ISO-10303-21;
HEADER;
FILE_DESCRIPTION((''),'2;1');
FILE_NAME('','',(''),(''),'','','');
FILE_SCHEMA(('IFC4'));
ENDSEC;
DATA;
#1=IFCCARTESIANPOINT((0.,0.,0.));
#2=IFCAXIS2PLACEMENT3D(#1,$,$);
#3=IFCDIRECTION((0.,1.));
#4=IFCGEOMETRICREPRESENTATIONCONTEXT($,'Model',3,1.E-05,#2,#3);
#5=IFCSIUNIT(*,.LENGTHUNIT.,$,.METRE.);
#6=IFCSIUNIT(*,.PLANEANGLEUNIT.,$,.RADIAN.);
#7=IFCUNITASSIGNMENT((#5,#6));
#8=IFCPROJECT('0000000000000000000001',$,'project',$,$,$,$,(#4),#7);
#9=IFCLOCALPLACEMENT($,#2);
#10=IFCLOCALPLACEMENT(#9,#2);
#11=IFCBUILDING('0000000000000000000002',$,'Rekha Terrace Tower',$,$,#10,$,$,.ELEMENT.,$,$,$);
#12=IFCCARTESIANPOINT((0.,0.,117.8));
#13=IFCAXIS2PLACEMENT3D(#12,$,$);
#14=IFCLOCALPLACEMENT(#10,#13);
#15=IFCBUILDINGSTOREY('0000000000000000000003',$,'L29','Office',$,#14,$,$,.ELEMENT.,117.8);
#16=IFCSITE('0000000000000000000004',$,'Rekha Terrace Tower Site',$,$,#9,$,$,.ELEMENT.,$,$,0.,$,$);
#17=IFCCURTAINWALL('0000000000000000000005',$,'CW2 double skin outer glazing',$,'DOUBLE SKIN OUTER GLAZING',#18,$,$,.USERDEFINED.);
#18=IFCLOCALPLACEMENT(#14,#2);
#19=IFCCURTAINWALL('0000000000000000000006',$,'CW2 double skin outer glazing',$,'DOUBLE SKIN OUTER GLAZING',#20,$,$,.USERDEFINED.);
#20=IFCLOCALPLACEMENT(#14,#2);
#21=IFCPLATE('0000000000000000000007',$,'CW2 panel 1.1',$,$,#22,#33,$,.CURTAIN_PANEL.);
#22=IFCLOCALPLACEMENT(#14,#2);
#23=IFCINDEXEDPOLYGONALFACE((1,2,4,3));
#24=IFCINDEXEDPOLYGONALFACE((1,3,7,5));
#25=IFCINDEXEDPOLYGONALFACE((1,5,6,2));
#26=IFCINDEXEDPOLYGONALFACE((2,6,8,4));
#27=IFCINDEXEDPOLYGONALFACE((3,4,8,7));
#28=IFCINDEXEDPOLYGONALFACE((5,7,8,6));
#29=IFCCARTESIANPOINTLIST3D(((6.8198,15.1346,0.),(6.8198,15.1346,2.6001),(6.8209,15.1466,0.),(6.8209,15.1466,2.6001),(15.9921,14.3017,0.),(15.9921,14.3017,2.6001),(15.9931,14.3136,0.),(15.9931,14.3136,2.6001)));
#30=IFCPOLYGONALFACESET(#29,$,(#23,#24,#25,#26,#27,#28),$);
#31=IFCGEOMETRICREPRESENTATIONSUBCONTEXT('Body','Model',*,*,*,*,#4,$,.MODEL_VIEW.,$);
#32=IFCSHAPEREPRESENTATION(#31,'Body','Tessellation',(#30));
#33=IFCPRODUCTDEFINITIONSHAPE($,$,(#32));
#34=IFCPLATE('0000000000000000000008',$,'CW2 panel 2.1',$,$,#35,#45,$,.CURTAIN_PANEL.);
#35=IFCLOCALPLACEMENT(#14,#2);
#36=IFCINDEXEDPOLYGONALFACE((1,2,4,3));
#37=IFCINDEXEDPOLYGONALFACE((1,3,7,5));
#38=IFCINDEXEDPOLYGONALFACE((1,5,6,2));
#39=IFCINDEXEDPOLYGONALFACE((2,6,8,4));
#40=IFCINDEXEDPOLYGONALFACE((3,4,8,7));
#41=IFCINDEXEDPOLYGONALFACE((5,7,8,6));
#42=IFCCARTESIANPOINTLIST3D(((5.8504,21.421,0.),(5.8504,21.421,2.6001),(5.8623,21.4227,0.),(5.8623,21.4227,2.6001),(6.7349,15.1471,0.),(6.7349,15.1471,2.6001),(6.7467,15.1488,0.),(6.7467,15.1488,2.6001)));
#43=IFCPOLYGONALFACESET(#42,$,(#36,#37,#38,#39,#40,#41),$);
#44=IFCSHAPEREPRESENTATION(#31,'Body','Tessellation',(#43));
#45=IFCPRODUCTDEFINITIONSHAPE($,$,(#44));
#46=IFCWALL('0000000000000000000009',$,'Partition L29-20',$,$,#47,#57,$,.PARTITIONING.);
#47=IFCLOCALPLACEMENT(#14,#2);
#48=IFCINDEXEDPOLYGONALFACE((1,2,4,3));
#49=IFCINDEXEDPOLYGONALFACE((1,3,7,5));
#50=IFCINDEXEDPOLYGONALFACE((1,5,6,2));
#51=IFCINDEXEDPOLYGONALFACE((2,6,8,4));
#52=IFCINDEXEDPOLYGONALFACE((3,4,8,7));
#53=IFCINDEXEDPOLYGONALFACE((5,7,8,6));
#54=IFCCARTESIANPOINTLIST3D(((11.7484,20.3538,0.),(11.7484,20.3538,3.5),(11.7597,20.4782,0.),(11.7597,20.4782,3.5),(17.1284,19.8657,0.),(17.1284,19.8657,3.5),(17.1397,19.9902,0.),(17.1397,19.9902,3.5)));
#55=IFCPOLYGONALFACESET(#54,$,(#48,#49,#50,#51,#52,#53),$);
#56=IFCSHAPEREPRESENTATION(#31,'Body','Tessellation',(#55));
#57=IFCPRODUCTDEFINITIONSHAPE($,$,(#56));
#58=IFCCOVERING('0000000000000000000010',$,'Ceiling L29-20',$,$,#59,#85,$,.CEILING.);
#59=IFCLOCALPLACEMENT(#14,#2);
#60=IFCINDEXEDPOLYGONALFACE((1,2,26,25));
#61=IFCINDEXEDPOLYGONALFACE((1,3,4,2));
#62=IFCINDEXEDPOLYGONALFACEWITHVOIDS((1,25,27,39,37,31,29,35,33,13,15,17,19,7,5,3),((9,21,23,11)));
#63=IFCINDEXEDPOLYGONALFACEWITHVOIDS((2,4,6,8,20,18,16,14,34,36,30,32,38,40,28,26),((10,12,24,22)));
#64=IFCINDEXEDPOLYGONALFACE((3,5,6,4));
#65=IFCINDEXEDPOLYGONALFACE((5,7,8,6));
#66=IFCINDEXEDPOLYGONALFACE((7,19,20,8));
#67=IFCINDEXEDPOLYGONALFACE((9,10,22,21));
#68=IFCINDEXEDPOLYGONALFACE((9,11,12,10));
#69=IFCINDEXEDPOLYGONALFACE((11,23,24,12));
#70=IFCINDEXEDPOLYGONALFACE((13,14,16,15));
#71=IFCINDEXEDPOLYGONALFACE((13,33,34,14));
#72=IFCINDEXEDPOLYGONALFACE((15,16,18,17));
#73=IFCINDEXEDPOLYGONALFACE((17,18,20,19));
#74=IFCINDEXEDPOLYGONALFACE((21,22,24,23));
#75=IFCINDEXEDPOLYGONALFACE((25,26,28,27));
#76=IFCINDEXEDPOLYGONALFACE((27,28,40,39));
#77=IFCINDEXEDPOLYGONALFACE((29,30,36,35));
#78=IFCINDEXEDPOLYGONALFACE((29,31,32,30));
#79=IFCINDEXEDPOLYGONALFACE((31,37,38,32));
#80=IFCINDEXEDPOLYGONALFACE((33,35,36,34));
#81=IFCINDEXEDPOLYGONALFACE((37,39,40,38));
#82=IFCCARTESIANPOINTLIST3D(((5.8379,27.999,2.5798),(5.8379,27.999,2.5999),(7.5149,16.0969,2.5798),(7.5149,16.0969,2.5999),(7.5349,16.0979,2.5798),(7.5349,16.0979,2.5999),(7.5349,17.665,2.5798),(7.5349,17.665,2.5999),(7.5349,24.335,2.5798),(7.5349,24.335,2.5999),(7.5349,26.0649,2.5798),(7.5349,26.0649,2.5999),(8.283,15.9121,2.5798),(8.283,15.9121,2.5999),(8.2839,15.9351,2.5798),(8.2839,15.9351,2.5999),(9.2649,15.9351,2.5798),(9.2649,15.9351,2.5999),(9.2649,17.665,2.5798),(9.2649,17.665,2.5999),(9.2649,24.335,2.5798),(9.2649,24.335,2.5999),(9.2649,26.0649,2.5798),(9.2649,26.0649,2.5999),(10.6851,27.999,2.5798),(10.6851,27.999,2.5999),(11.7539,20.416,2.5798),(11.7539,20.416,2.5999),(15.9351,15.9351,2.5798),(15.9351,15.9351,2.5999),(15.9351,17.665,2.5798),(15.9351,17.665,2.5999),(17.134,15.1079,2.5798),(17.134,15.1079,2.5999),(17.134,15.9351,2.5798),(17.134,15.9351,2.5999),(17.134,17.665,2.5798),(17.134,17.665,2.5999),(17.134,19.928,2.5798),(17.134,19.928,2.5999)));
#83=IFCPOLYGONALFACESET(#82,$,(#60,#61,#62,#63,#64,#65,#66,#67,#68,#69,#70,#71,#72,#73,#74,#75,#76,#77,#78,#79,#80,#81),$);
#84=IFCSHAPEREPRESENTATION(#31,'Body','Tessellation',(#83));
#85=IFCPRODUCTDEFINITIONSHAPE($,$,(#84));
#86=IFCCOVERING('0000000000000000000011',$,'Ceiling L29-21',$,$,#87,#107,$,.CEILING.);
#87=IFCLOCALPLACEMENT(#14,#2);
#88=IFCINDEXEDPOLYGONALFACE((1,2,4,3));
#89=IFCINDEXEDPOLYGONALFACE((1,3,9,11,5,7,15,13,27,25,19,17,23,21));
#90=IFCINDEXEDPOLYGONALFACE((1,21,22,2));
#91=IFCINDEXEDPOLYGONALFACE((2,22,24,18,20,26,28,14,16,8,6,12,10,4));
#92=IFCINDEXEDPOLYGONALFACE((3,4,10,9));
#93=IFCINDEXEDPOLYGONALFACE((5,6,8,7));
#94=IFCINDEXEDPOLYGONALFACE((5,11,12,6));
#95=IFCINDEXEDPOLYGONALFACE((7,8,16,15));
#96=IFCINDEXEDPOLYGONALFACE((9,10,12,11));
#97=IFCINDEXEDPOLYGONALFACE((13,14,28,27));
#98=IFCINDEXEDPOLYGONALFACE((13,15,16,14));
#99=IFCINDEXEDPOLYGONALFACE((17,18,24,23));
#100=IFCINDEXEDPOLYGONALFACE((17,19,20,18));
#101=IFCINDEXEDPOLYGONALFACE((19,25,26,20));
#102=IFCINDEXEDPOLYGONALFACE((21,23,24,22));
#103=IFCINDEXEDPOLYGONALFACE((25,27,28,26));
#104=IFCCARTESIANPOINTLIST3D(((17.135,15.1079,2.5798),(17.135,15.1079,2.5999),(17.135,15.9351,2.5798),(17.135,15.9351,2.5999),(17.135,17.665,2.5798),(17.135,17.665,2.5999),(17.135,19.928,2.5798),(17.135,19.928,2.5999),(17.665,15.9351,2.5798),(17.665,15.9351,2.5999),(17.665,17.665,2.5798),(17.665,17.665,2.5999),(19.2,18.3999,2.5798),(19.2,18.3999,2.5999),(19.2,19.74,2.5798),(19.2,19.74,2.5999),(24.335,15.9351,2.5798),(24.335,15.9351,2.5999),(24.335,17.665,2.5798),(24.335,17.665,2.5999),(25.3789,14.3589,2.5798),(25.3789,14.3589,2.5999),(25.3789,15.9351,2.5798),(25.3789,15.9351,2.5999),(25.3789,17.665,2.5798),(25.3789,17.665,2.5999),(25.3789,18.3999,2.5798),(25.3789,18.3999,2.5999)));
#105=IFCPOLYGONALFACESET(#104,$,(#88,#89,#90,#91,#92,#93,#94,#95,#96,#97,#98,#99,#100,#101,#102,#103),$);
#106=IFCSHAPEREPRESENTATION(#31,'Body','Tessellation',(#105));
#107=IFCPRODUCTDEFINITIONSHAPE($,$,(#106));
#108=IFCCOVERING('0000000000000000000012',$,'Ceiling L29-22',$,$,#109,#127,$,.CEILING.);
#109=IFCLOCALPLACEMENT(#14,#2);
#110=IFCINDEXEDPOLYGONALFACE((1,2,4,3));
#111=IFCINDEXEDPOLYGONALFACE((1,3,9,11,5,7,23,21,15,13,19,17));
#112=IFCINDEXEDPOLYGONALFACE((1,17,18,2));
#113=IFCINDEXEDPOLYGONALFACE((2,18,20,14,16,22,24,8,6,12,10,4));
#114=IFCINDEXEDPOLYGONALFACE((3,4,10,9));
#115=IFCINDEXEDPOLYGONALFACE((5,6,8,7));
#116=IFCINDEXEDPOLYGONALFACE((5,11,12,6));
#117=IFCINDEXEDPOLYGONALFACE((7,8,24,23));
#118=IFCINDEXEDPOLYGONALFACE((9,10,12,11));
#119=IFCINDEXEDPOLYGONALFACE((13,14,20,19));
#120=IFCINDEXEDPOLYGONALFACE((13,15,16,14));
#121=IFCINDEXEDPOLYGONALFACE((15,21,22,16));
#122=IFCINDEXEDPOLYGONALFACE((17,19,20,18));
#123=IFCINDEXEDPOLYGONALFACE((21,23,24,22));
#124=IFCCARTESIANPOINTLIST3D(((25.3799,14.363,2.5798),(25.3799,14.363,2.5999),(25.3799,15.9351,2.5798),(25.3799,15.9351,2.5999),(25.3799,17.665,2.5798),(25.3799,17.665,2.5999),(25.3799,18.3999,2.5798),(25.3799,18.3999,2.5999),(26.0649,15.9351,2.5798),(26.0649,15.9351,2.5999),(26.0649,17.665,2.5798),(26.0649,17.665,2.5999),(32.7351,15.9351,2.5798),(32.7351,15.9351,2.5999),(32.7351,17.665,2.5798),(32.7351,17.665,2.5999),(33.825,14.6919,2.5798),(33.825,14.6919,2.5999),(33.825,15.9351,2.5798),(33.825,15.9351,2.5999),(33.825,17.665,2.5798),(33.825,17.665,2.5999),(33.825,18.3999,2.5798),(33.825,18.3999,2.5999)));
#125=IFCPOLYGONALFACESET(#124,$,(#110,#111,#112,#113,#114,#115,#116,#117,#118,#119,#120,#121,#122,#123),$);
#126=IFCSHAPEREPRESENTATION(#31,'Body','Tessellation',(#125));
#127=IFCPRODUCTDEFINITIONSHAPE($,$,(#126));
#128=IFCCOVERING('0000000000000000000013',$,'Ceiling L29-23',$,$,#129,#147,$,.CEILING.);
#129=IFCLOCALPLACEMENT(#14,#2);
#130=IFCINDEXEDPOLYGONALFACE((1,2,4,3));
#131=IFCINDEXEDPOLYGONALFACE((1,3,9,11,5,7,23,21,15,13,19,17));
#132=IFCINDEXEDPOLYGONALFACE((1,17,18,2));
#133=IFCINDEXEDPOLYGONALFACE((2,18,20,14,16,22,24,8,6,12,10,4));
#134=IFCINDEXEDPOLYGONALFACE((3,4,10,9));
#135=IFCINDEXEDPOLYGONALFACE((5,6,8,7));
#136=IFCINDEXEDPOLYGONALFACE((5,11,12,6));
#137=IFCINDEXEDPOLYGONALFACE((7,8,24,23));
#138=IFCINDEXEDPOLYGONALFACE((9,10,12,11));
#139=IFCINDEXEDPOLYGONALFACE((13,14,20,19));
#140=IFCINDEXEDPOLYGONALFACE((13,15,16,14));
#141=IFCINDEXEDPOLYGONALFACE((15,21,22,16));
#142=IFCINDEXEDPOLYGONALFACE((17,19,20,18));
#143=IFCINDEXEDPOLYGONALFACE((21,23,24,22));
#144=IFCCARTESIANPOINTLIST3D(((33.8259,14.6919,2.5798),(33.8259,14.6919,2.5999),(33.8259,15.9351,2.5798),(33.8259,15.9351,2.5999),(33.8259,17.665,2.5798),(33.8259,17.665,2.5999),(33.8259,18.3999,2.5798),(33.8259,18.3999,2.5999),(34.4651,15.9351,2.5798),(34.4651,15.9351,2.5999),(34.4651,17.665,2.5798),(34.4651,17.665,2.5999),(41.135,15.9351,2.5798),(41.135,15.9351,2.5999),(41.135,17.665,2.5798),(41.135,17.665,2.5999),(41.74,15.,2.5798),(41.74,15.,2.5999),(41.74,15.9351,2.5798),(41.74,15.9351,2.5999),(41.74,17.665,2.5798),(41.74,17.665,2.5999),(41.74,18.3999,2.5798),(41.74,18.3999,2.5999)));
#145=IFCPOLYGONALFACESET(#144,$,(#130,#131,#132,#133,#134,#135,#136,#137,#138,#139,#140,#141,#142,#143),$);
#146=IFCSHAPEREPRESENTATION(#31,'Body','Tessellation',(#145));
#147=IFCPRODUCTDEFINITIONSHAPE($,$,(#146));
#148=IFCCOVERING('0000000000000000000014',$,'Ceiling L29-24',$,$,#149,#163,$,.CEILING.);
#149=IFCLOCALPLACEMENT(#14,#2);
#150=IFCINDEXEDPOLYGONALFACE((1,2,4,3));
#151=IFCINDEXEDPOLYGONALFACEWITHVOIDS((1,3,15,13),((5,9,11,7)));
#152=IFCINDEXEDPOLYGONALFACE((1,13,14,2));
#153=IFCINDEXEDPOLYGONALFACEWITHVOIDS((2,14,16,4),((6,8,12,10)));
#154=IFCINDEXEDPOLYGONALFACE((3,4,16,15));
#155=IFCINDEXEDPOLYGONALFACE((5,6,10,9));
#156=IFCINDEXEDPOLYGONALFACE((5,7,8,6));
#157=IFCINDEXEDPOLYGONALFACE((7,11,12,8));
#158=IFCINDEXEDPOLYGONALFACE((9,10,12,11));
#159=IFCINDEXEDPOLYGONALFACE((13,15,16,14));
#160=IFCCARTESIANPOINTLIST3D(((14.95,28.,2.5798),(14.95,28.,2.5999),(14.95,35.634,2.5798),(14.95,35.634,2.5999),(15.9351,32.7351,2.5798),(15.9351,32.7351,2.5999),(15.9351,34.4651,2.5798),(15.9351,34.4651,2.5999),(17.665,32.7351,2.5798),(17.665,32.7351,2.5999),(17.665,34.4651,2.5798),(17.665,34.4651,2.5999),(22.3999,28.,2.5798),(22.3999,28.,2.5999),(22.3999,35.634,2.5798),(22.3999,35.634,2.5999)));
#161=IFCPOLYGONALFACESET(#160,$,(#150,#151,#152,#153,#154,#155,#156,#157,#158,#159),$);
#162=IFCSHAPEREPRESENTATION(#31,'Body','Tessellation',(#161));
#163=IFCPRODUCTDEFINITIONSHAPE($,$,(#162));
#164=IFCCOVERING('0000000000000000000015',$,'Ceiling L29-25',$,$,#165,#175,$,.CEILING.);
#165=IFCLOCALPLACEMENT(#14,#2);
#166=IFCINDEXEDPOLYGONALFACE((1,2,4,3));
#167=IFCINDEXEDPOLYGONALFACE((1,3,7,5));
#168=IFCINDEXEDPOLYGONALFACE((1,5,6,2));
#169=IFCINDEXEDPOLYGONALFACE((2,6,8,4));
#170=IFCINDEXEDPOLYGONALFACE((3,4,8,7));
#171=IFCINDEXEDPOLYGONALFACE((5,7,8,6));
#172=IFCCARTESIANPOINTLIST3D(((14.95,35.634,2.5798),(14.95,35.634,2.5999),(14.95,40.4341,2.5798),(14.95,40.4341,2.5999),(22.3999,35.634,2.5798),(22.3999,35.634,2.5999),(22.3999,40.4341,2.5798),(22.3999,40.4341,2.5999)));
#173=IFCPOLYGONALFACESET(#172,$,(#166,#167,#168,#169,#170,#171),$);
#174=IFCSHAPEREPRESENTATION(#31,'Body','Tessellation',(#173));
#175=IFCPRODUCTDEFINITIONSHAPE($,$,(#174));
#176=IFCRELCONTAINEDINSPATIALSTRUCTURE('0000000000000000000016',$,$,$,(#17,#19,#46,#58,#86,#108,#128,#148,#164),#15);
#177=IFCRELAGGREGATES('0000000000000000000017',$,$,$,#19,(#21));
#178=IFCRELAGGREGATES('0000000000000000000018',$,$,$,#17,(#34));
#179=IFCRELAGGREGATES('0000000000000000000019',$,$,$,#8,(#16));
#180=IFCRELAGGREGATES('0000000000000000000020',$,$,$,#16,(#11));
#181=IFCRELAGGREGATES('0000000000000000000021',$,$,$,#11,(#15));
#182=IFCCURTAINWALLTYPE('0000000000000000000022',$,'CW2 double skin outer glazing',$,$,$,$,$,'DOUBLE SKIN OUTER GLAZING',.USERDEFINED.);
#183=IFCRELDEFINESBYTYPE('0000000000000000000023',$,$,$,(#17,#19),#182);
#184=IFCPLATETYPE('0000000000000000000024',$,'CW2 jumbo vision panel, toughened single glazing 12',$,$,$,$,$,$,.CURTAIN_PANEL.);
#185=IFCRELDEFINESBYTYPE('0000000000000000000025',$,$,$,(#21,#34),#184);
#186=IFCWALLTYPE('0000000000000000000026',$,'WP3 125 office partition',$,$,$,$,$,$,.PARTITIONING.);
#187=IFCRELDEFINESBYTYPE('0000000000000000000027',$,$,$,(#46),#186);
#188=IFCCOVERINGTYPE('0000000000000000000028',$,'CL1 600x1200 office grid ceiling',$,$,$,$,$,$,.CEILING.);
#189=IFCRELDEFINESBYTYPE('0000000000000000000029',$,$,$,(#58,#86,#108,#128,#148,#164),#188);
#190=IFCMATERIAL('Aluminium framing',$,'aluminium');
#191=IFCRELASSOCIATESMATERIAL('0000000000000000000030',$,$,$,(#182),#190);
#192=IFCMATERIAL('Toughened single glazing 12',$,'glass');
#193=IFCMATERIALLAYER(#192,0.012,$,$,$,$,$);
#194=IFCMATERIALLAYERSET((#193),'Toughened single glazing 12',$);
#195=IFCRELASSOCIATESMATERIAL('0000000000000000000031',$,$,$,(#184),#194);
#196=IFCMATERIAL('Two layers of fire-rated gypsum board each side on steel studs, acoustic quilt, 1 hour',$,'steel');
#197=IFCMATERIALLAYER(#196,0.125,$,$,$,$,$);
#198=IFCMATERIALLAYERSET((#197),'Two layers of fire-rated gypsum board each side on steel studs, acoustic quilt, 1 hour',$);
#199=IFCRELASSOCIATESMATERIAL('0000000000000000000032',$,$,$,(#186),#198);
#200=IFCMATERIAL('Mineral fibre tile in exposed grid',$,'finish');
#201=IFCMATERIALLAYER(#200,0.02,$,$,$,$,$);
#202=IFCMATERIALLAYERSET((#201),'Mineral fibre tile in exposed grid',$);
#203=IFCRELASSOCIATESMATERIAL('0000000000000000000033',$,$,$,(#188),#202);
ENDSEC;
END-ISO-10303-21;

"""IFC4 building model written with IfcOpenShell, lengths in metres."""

from ifc_helpers import new_model, si_unit, direction, frame, frame_2d, origin, origin_2d, place, context, subcontext, project, spatial, polyline, rectangle, outline, extrude, material, layer, layer_set, type_object, element, aggregate, save


model = new_model("IFC4")

# Units and contexts
model_context = context("Model", 3, precision=1e-05, world=origin(), true_north=direction((0.0, 1.0)))
body_context = subcontext(model_context, "Body", "Model", "MODEL_VIEW")
ifc_project = project(units=[si_unit("LENGTHUNIT", "METRE"), si_unit("PLANEANGLEUNIT", "RADIAN")], contexts=[model_context])

# Site, building, storey
site_placement = place(None, origin())
site = spatial("IfcSite", under=ifc_project, at=site_placement, Name="Rekha Terrace Tower Site", CompositionType="ELEMENT", RefElevation=0.0)
building_placement = place(site_placement, origin())
building = spatial("IfcBuilding", under=site, at=building_placement, Name="Rekha Terrace Tower", CompositionType="ELEMENT")
storey_placement = place(building_placement, frame((0.0, 0.0, 117.8)))
storey = spatial("IfcBuildingStorey", under=building, at=storey_placement, Name="L29", Description="Office", CompositionType="ELEMENT", Elevation=117.8)

# Curtain wall
ifc_material_1 = material(Name="Aluminium framing", Category="aluminium")
curtain_wall_type_1 = type_object("IfcCurtainWallType", Name="CW2 double skin outer glazing", ElementType="DOUBLE SKIN OUTER GLAZING", PredefinedType="USERDEFINED", material=ifc_material_1)
curtain_wall_1_placement = place(storey_placement, origin())
curtain_wall_1 = element("IfcCurtainWall", 1, at=curtain_wall_1_placement, inside=storey, type_object=curtain_wall_type_1, Name="CW2 double skin outer glazing", ObjectType="DOUBLE SKIN OUTER GLAZING", PredefinedType="USERDEFINED")

# Curtain wall
curtain_wall_2_placement = place(storey_placement, origin())
curtain_wall_2 = element("IfcCurtainWall", 2, at=curtain_wall_2_placement, inside=storey, type_object=curtain_wall_type_1, Name="CW2 double skin outer glazing", ObjectType="DOUBLE SKIN OUTER GLAZING", PredefinedType="USERDEFINED")

# Plates
ifc_material_2 = material(Name="Toughened single glazing 12", Category="glass")
ifc_layer_1 = layer(ifc_material_2, 0.012)
ifc_layer_set_1 = layer_set([ifc_layer_1], Name="Toughened single glazing 12")
plate_type_1 = type_object("IfcPlateType", Name="CW2 jumbo vision panel, toughened single glazing 12", PredefinedType="CURTAIN_PANEL", material=ifc_layer_set_1)
plate_1_placement = place(storey_placement, frame((11.4065, 14.7241, 0.0), z_axis=(0.0, 0.0, 1.0), x_axis=(0.995902, -0.09044, 0.0)))
plate_1 = element("IfcPlate", 3, at=plate_1_placement, type_object=plate_type_1, Name="CW2 panel 1.1", PredefinedType="CURTAIN_PANEL", context=body_context, shape_type="SweptSolid", body=[
    extrude(rectangle(XDim=9.21, YDim=0.012, at=origin_2d()), origin(), (0.0, 0.0, 1.0), 2.6001),
])
aggregate(curtain_wall_2, [plate_1])
plate_2_placement = place(storey_placement, frame((6.2986, 18.2849, 0.0), z_axis=(0.0, 0.0, 1.0), x_axis=(0.139597, -0.990208, 0.0)))
plate_2 = element("IfcPlate", 4, at=plate_2_placement, type_object=plate_type_1, Name="CW2 panel 2.1", PredefinedType="CURTAIN_PANEL", context=body_context, shape_type="SweptSolid", body=[
    extrude(rectangle(XDim=6.3359, YDim=0.012, at=origin_2d()), origin(), (0.0, 0.0, 1.0), 2.6001),
])
aggregate(curtain_wall_1, [plate_2])

# Wall
ifc_material_3 = material(Name="Two layers of fire-rated gypsum board each side on steel studs, acoustic quilt, 1 hour", Category="steel")
ifc_layer_2 = layer(ifc_material_3, 0.125)
ifc_layer_set_2 = layer_set([ifc_layer_2], Name="Two layers of fire-rated gypsum board each side on steel studs, acoustic quilt, 1 hour")
wall_type = type_object("IfcWallType", Name="WP3 125 office partition", PredefinedType="PARTITIONING", material=ifc_layer_set_2)
wall_placement = place(storey_placement, frame((11.7539, 20.416, 0.0), z_axis=(0.0, 0.0, 1.0), x_axis=(0.995911, -0.09034, 0.0)))
element("IfcWall", 5, at=wall_placement, inside=storey, type_object=wall_type, Name="Partition L29-20", PredefinedType="PARTITIONING", context=body_context, shape_type="SweptSolid", body=[
    extrude(rectangle(XDim=5.4021, YDim=0.125, at=frame_2d((2.7012, 0.0))), origin(), (0.0, 0.0, 1.0), 3.5),
])

# Coverings
ifc_material_4 = material(Name="Mineral fibre tile in exposed grid", Category="finish")
ifc_layer_3 = layer(ifc_material_4, 0.02)
ifc_layer_set_3 = layer_set([ifc_layer_3], Name="Mineral fibre tile in exposed grid")
covering_type_1 = type_object("IfcCoveringType", Name="CL1 600x1200 office grid ceiling", PredefinedType="CEILING", material=ifc_layer_set_3)
covering_1_placement = place(storey_placement, frame((0.0, 0.0, 2.5798)))
element("IfcCovering", 6, at=covering_1_placement, inside=storey, type_object=covering_type_1, Name="Ceiling L29-20", PredefinedType="CEILING", context=body_context, shape_type="SweptSolid", body=[
    extrude(outline(polyline([(7.5149, 16.0969), (7.5349, 16.0979), (7.5349, 17.665), (9.2649, 17.665), (9.2649, 15.9351), (8.2839, 15.9351), (8.283, 15.9121), (17.134, 15.1079), (17.134, 15.9351), (15.9351, 15.9351), (15.9351, 17.665), (17.134, 17.665), (17.134, 19.928), (11.7539, 20.416), (10.6851, 27.999), (5.8379, 27.999), (7.5149, 16.0969)]), holes=[polyline([(9.2649, 24.335), (7.5349, 24.335), (7.5349, 26.0649), (9.2649, 26.0649), (9.2649, 24.335)])]), origin(), (0.0, 0.0, 1.0), 0.02),
])
covering_2_placement = place(storey_placement, frame((0.0, 0.0, 2.5798)))
element("IfcCovering", 7, at=covering_2_placement, inside=storey, type_object=covering_type_1, Name="Ceiling L29-21", PredefinedType="CEILING", context=body_context, shape_type="SweptSolid", body=[
    extrude(outline(polyline([(25.3789, 17.665), (25.3789, 18.3999), (19.2, 18.3999), (19.2, 19.74), (17.135, 19.928), (17.135, 17.665), (17.665, 17.665), (17.665, 15.9351), (17.135, 15.9351), (17.135, 15.1079), (25.3789, 14.3589), (25.3789, 15.9351), (24.335, 15.9351), (24.335, 17.665), (25.3789, 17.665)])), origin(), (0.0, 0.0, 1.0), 0.02),
])
covering_3_placement = place(storey_placement, frame((0.0, 0.0, 2.5798)))
element("IfcCovering", 8, at=covering_3_placement, inside=storey, type_object=covering_type_1, Name="Ceiling L29-22", PredefinedType="CEILING", context=body_context, shape_type="SweptSolid", body=[
    extrude(outline(polyline([(25.3799, 15.9351), (25.3799, 14.363), (33.825, 14.6919), (33.825, 15.9351), (32.7351, 15.9351), (32.7351, 17.665), (33.825, 17.665), (33.825, 18.3999), (25.3799, 18.3999), (25.3799, 17.665), (26.0649, 17.665), (26.0649, 15.9351), (25.3799, 15.9351)])), origin(), (0.0, 0.0, 1.0), 0.02),
])
covering_4_placement = place(storey_placement, frame((0.0, 0.0, 2.5798)))
element("IfcCovering", 9, at=covering_4_placement, inside=storey, type_object=covering_type_1, Name="Ceiling L29-23", PredefinedType="CEILING", context=body_context, shape_type="SweptSolid", body=[
    extrude(outline(polyline([(33.8259, 15.9351), (33.8259, 14.6919), (41.74, 15.0), (41.74, 15.9351), (41.135, 15.9351), (41.135, 17.665), (41.74, 17.665), (41.74, 18.3999), (33.8259, 18.3999), (33.8259, 17.665), (34.4651, 17.665), (34.4651, 15.9351), (33.8259, 15.9351)])), origin(), (0.0, 0.0, 1.0), 0.02),
])
covering_5_placement = place(storey_placement, frame((0.0, 0.0, 2.5798)))
element("IfcCovering", 10, at=covering_5_placement, inside=storey, type_object=covering_type_1, Name="Ceiling L29-24", PredefinedType="CEILING", context=body_context, shape_type="SweptSolid", body=[
    extrude(outline(polyline([(22.3999, 35.634), (14.95, 35.634), (14.95, 28.0), (22.3999, 28.0), (22.3999, 35.634)]), holes=[polyline([(17.665, 34.4651), (17.665, 32.7351), (15.9351, 32.7351), (15.9351, 34.4651), (17.665, 34.4651)])]), origin(), (0.0, 0.0, 1.0), 0.02),
])
covering_6_placement = place(storey_placement, frame((0.0, 0.0, 2.5798)))
element("IfcCovering", 11, at=covering_6_placement, inside=storey, type_object=covering_type_1, Name="Ceiling L29-25", PredefinedType="CEILING", context=body_context, shape_type="SweptSolid", body=[
    extrude(outline(polyline([(22.3999, 40.4341), (14.95, 40.4341), (14.95, 35.634), (22.3999, 35.634), (22.3999, 40.4341)])), origin(), (0.0, 0.0, 1.0), 0.02),
])

save(model, "model.ifc")
